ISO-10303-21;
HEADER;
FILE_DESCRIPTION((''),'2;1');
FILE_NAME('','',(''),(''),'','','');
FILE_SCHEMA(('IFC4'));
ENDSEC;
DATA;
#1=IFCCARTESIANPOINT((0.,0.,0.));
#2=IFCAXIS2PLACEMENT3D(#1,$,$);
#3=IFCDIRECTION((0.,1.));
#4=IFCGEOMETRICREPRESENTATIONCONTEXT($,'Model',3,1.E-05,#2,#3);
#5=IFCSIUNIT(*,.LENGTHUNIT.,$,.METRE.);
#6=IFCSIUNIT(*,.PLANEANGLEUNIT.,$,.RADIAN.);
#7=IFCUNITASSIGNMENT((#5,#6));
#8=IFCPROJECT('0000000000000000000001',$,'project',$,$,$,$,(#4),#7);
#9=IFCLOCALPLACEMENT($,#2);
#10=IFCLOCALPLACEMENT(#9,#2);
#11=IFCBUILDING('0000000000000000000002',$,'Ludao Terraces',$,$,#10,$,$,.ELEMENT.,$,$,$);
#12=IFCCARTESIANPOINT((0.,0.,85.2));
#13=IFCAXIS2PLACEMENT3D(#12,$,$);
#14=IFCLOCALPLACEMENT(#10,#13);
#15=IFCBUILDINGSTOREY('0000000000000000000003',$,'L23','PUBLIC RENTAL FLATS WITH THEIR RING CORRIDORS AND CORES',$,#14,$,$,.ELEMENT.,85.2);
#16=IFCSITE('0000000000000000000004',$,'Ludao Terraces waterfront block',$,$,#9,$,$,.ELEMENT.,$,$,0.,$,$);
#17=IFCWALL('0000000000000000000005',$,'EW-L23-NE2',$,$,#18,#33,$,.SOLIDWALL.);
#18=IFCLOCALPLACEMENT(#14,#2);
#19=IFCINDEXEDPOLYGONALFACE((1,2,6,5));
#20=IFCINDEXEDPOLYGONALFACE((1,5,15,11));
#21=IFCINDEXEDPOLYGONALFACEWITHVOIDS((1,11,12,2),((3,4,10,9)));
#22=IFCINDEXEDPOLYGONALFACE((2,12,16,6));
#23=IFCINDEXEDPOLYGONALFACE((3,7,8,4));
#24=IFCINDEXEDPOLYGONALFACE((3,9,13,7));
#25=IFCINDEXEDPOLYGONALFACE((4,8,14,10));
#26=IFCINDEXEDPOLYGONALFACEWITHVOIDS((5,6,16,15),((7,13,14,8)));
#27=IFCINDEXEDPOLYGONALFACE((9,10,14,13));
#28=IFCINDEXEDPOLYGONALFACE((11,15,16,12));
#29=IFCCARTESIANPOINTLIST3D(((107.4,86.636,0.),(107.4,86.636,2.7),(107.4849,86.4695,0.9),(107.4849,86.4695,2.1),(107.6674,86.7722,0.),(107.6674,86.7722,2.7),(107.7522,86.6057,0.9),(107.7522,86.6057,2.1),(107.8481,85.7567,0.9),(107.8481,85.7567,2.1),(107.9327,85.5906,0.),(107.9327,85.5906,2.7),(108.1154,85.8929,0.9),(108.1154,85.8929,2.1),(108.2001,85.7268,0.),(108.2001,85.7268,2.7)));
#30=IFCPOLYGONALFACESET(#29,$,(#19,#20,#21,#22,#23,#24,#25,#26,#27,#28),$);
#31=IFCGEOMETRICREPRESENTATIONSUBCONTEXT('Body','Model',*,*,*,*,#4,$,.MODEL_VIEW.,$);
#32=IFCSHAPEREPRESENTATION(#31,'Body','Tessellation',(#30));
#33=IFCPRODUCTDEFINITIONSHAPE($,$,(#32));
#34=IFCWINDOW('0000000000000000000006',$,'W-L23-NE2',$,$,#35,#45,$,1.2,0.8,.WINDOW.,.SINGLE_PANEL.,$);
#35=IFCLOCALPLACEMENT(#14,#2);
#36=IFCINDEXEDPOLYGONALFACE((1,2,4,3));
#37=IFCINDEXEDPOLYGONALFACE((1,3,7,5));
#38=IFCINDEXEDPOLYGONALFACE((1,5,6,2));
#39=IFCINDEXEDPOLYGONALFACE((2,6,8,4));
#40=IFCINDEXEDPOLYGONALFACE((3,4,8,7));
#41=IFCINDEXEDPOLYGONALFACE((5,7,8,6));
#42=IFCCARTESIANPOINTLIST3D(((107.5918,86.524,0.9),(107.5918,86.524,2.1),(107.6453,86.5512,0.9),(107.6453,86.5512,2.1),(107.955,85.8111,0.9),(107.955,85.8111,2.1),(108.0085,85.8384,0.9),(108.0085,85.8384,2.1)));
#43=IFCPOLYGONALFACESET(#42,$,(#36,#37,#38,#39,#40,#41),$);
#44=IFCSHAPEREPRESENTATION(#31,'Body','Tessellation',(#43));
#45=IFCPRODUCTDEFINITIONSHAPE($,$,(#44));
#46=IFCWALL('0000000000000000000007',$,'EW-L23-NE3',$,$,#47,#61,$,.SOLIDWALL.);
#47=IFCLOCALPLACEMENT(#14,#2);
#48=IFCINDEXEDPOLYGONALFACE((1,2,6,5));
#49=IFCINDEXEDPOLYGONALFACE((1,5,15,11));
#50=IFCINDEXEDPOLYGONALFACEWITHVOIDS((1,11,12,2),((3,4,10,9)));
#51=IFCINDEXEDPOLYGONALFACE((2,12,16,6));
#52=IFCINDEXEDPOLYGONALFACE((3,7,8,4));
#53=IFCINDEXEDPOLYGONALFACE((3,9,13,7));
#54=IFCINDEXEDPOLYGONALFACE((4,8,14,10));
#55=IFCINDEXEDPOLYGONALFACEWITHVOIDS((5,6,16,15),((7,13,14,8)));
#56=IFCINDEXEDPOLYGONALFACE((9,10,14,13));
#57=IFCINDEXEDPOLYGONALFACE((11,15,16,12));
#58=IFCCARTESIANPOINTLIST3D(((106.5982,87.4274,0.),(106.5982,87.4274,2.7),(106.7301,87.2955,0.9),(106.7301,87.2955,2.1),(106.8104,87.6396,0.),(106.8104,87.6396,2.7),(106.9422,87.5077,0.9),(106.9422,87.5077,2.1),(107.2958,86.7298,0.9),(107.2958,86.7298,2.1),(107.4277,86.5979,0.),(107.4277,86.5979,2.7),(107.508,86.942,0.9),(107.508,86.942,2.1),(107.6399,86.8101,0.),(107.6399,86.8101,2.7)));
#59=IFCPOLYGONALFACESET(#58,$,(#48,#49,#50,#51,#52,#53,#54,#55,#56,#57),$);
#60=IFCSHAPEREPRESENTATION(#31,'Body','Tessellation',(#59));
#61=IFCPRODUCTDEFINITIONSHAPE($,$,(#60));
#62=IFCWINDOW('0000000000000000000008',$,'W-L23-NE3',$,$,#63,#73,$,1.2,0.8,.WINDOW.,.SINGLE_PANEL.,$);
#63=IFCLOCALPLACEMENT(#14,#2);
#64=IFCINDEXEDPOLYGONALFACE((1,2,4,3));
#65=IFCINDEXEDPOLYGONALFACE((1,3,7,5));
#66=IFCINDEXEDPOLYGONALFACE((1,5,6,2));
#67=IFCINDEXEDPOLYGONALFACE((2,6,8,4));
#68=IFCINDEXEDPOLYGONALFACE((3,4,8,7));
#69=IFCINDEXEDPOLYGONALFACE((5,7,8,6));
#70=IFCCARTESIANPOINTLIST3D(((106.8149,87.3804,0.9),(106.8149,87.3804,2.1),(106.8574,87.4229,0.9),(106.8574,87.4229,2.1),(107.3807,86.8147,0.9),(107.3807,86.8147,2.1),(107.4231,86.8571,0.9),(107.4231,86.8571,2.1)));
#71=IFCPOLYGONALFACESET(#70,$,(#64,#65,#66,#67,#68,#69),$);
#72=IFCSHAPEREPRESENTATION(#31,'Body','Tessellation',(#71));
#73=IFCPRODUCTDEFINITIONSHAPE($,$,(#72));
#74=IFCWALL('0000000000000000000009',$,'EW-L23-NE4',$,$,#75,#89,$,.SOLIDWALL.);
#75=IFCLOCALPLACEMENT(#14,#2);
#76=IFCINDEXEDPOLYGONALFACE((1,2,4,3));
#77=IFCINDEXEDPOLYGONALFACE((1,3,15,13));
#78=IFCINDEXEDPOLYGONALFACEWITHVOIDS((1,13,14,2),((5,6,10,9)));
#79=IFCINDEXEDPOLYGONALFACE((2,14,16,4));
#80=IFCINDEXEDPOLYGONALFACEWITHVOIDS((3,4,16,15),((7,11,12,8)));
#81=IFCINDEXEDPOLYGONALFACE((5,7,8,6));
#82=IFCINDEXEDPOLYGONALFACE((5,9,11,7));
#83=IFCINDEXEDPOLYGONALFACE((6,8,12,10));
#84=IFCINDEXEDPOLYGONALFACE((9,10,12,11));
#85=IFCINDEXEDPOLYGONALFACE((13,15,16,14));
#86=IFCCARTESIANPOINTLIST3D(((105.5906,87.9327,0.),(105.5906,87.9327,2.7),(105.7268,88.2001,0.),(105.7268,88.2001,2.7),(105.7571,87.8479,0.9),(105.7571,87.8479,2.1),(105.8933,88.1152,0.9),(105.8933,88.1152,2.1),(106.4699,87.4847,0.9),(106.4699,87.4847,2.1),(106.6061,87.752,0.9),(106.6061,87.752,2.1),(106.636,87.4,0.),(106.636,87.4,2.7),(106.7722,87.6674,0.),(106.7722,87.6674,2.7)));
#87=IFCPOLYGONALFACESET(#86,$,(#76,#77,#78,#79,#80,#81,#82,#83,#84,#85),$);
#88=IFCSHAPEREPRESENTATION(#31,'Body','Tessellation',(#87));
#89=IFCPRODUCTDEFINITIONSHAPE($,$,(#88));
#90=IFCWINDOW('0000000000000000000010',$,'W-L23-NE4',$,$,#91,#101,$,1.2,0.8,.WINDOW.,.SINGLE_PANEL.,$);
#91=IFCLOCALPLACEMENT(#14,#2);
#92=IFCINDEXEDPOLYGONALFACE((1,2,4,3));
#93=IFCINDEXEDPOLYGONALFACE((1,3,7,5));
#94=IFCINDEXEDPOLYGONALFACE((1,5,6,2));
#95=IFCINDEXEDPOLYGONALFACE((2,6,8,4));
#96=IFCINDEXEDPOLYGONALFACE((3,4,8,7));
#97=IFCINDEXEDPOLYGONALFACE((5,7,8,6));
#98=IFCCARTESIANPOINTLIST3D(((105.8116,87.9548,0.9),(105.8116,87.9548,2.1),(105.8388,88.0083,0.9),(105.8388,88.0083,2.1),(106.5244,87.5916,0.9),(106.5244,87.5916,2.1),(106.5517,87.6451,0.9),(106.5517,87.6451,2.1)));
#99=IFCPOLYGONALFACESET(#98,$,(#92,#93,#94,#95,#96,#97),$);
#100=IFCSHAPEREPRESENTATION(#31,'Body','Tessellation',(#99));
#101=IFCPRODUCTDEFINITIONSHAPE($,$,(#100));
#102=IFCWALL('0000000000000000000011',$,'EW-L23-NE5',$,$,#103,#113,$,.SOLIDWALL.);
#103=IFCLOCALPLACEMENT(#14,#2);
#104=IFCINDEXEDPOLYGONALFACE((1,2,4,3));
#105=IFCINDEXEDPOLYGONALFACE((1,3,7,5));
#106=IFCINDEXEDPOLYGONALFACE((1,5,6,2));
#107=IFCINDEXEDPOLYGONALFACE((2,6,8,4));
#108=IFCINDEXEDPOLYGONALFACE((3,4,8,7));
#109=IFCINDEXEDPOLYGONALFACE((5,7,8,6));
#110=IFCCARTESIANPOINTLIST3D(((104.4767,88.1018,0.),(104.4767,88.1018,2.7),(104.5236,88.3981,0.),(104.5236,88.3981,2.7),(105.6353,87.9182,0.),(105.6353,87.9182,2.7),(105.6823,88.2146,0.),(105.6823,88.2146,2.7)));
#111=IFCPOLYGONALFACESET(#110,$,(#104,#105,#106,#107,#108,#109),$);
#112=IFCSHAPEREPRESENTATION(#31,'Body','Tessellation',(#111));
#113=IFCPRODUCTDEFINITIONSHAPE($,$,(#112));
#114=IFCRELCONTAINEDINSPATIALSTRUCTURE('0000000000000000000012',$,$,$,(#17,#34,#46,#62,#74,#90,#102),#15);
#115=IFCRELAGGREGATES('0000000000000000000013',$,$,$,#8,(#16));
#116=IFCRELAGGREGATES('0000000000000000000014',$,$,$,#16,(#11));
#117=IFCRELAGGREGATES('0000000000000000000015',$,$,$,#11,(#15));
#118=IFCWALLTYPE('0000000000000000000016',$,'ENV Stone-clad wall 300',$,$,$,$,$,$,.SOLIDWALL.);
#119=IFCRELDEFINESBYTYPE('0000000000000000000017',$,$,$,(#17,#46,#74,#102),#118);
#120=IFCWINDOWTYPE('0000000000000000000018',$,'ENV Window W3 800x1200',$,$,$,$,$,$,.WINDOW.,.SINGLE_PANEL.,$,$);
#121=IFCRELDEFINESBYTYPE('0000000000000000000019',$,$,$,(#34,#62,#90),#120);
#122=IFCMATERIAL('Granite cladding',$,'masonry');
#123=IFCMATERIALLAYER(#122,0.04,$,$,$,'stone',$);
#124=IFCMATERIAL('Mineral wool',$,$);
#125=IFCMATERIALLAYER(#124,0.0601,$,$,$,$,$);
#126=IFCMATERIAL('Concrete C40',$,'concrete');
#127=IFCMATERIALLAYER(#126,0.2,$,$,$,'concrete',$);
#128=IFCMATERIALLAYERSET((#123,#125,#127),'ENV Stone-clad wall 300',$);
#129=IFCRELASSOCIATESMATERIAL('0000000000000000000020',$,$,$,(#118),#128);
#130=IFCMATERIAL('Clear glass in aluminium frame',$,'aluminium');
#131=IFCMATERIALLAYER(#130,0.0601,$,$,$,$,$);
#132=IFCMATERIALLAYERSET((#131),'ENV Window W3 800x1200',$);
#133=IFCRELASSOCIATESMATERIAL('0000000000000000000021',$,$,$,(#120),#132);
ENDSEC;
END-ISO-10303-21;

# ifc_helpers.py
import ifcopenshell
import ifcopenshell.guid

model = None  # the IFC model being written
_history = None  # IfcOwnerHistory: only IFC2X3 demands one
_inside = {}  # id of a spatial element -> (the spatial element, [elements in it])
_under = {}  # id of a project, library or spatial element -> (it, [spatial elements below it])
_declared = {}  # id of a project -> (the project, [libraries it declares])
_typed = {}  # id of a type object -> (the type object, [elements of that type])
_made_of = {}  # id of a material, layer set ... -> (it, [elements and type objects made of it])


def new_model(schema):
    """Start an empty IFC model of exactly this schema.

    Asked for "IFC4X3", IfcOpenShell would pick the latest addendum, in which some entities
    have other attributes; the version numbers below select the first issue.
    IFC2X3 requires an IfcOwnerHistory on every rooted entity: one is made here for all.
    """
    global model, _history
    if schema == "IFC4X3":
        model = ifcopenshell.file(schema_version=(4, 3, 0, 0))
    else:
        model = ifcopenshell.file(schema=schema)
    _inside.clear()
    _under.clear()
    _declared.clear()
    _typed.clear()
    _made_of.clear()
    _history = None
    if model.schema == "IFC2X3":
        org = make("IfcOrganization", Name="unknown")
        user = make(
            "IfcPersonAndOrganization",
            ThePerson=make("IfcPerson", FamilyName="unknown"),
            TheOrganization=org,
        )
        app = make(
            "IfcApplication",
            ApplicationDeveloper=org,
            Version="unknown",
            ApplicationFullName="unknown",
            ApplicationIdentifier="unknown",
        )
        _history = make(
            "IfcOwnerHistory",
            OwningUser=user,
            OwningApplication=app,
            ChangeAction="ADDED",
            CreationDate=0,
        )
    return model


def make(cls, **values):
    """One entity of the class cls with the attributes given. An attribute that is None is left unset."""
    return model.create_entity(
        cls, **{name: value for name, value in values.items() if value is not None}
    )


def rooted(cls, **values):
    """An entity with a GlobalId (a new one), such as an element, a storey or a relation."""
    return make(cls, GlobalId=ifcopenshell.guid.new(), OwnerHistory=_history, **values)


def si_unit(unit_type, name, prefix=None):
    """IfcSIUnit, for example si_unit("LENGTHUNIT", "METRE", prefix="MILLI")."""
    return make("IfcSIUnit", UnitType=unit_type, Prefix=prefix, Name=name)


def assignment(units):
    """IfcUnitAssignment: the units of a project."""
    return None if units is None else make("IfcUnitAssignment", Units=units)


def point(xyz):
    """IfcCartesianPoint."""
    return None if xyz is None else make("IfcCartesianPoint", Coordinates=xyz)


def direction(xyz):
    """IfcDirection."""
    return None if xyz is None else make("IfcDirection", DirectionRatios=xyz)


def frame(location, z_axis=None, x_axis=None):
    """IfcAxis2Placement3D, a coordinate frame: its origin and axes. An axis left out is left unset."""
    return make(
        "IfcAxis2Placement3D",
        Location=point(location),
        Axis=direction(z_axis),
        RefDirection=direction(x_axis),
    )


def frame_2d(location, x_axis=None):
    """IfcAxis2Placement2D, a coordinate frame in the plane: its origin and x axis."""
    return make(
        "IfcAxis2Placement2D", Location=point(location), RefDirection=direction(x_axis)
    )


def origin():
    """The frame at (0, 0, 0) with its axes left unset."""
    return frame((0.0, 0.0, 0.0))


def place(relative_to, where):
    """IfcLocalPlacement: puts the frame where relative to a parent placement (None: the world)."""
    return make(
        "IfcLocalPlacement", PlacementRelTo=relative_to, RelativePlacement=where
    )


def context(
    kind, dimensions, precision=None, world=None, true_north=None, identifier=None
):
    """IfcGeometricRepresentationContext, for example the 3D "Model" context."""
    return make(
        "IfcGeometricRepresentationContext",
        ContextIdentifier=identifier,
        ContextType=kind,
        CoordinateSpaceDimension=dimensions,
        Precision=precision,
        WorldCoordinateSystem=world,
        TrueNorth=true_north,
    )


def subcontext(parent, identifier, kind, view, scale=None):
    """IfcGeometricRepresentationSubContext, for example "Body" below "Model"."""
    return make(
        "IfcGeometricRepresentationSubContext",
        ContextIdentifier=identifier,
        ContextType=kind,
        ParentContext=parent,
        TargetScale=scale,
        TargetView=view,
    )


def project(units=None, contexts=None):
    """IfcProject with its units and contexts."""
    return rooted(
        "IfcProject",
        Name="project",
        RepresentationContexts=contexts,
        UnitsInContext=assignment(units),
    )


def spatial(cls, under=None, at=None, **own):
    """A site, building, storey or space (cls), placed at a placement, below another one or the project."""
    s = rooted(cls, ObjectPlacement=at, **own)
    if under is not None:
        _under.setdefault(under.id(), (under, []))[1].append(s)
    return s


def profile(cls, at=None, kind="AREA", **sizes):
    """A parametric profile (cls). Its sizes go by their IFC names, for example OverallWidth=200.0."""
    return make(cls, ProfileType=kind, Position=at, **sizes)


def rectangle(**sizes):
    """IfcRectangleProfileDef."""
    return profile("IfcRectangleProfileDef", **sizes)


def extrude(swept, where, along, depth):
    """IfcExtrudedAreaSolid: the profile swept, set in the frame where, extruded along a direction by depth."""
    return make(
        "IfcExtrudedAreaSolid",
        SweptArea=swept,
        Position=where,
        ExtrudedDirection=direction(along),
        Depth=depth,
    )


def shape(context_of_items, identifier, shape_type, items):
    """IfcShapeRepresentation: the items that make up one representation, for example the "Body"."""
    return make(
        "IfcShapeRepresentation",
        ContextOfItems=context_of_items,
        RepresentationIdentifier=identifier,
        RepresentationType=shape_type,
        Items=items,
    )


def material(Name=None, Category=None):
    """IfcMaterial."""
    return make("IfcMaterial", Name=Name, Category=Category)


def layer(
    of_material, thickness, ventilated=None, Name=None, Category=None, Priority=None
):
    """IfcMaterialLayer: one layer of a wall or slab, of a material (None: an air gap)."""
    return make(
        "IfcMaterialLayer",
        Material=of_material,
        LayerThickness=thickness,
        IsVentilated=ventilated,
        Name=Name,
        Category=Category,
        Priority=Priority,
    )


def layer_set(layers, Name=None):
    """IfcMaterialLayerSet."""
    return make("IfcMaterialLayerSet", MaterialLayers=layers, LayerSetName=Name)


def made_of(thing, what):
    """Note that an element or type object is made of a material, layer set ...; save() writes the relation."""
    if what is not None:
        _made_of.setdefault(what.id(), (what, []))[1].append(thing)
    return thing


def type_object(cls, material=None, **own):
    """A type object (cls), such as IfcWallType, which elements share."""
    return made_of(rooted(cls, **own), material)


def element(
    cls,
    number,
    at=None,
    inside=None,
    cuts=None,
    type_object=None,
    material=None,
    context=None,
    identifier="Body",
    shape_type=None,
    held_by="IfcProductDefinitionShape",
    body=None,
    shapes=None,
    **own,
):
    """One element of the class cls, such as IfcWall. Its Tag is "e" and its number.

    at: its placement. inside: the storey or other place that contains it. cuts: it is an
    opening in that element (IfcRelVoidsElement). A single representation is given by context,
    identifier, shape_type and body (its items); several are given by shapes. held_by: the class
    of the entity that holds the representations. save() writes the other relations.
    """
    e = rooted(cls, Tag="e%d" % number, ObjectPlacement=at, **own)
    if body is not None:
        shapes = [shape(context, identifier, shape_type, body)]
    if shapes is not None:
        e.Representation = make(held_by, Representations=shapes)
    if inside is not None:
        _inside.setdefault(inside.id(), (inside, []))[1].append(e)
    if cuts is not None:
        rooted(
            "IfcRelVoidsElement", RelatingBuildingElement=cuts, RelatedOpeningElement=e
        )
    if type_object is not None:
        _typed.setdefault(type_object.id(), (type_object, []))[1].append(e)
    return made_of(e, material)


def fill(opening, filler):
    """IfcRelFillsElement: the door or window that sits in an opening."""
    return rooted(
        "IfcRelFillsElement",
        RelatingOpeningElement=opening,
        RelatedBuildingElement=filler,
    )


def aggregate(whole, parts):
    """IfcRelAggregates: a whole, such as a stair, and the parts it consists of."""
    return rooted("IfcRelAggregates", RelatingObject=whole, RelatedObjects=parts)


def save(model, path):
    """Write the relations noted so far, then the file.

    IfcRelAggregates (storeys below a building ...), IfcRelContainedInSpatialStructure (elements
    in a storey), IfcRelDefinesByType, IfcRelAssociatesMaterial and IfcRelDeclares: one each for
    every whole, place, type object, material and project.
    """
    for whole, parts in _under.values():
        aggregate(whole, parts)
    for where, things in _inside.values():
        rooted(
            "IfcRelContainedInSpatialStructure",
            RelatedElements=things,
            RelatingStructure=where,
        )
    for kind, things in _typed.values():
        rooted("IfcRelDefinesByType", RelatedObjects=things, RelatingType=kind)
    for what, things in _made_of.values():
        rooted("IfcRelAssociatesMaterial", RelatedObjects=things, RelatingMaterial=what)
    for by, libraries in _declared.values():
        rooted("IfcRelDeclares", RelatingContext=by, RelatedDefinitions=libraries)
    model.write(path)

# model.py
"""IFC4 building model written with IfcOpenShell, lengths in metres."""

from ifc_helpers import new_model, si_unit, direction, frame, frame_2d, origin, place, context, subcontext, project, spatial, rectangle, extrude, material, layer, layer_set, type_object, element, fill, save


model = new_model("IFC4")

# Units and contexts
model_context = context("Model", 3, precision=1e-05, world=origin(), true_north=direction((0.0, 1.0)))
body_context = subcontext(model_context, "Body", "Model", "MODEL_VIEW")
ifc_project = project(units=[si_unit("LENGTHUNIT", "METRE"), si_unit("PLANEANGLEUNIT", "RADIAN")], contexts=[model_context])

# Site, building, storey
site_placement = place(None, origin())
site = spatial("IfcSite", under=ifc_project, at=site_placement, Name="Ludao Terraces waterfront block", CompositionType="ELEMENT", RefElevation=0.0)
building_placement = place(site_placement, origin())
building = spatial("IfcBuilding", under=site, at=building_placement, Name="Ludao Terraces", CompositionType="ELEMENT")
storey_placement = place(building_placement, frame((0.0, 0.0, 85.2)))
storey = spatial("IfcBuildingStorey", under=building, at=storey_placement, Name="L23", Description="PUBLIC RENTAL FLATS WITH THEIR RING CORRIDORS AND CORES", CompositionType="ELEMENT", Elevation=85.2)

# Shared definitions
ifc_material_1 = material(Name="Concrete C40", Category="concrete")

# Shared definitions
ifc_material_2 = material(Name="Granite cladding", Category="masonry")
ifc_layer_1 = layer(ifc_material_2, 0.04, Category="stone")
ifc_material_3 = material(Name="Mineral wool")
ifc_layer_2 = layer(ifc_material_3, 0.0601)
ifc_layer_3 = layer(ifc_material_1, 0.2, Category="concrete")
ifc_layer_set_1 = layer_set([ifc_layer_1, ifc_layer_2, ifc_layer_3], Name="ENV Stone-clad wall 300")
wall_type_1 = type_object("IfcWallType", Name="ENV Stone-clad wall 300", PredefinedType="SOLIDWALL", material=ifc_layer_set_1)
ifc_material_4 = material(Name="Clear glass in aluminium frame", Category="aluminium")

# Walls, openings, windows
wall_1_placement = place(storey_placement, frame((108.0664, 85.6587, 0.0), z_axis=(0.0, 0.0, 1.0), x_axis=(-0.454026, 0.890989, 0.0)))
wall_1 = element("IfcWall", 1, at=wall_1_placement, inside=storey, type_object=wall_type_1, Name="EW-L23-NE2", PredefinedType="SOLIDWALL", context=body_context, shape_type="SweptSolid", body=[
    extrude(rectangle(XDim=1.1733, YDim=0.3, at=frame_2d((0.5867, 0.0))), origin(), (0.0, 0.0, 1.0), 2.7),
])
opening_1_placement = place(wall_1_placement, frame((0.1865, 0.0, 0.8999)))
opening_1 = element("IfcOpeningElement", 2, at=opening_1_placement, cuts=wall_1, PredefinedType="OPENING", context=body_context, shape_type="SweptSolid", body=[
    extrude(rectangle(XDim=0.8, YDim=1.2, at=frame_2d((0.3999, 0.6001))), frame((0.0, 0.1602, 0.0), z_axis=(0.0, -1.0, 0.0), x_axis=(1.0, 0.0, 0.0)), (0.0, 0.0, 1.0), 0.3201),
])
ifc_layer_4 = layer(ifc_material_4, 0.0601)
ifc_layer_set_2 = layer_set([ifc_layer_4], Name="ENV Window W3 800x1200")
window_type_1 = type_object("IfcWindowType", Name="ENV Window W3 800x1200", PartitioningType="SINGLE_PANEL", PredefinedType="WINDOW", material=ifc_layer_set_2)
window_1_placement = place(opening_1_placement, origin())
window_1 = element("IfcWindow", 3, at=window_1_placement, inside=storey, type_object=window_type_1, Name="W-L23-NE2", OverallHeight=1.2, OverallWidth=0.8, PartitioningType="SINGLE_PANEL", PredefinedType="WINDOW", context=body_context, shape_type="SweptSolid", body=[
    extrude(rectangle(XDim=0.8, YDim=1.2, at=frame_2d((0.3999, 0.6001))), frame((0.0, 0.03, 0.0), z_axis=(0.0, -1.0, 0.0), x_axis=(1.0, 0.0, 0.0)), (0.0, 0.0, 1.0), 0.0601),
])
fill(opening_1, window_1)
wall_2_placement = place(storey_placement, frame((107.5337, 86.7041, 0.0), z_axis=(0.0, 0.0, 1.0), x_axis=(-0.707107, 0.707107, 0.0)))
wall_2 = element("IfcWall", 4, at=wall_2_placement, inside=storey, type_object=wall_type_1, Name="EW-L23-NE3", PredefinedType="SOLIDWALL", context=body_context, shape_type="SweptSolid", body=[
    extrude(rectangle(XDim=1.1731, YDim=0.3, at=frame_2d((0.5864, 0.0))), origin(), (0.0, 0.0, 1.0), 2.7),
])
opening_2_placement = place(wall_2_placement, frame((0.1865, 0.0, 0.8999)))
opening_2 = element("IfcOpeningElement", 5, at=opening_2_placement, cuts=wall_2, PredefinedType="OPENING", context=body_context, shape_type="SweptSolid", body=[
    extrude(rectangle(XDim=0.8, YDim=1.2, at=frame_2d((0.3999, 0.6001))), frame((0.0, 0.1602, 0.0), z_axis=(0.0, -1.0, 0.0), x_axis=(1.0, 0.0, 0.0)), (0.0, 0.0, 1.0), 0.3201),
])
window_2_placement = place(opening_2_placement, origin())
window_2 = element("IfcWindow", 6, at=window_2_placement, inside=storey, type_object=window_type_1, Name="W-L23-NE3", OverallHeight=1.2, OverallWidth=0.8, PartitioningType="SINGLE_PANEL", PredefinedType="WINDOW", context=body_context, shape_type="SweptSolid", body=[
    extrude(rectangle(XDim=0.8, YDim=1.2, at=frame_2d((0.3999, 0.6001))), frame((0.0, 0.03, 0.0), z_axis=(0.0, -1.0, 0.0), x_axis=(1.0, 0.0, 0.0)), (0.0, 0.0, 1.0), 0.0601),
])
fill(opening_2, window_2)
wall_3_placement = place(storey_placement, frame((106.7041, 87.5337, 0.0), z_axis=(0.0, 0.0, 1.0), x_axis=(-0.890989, 0.454026, 0.0)))
wall_3 = element("IfcWall", 7, at=wall_3_placement, inside=storey, type_object=wall_type_1, Name="EW-L23-NE4", PredefinedType="SOLIDWALL", context=body_context, shape_type="SweptSolid", body=[
    extrude(rectangle(XDim=1.1733, YDim=0.3, at=frame_2d((0.5867, 0.0))), origin(), (0.0, 0.0, 1.0), 2.7),
])
opening_3_placement = place(wall_3_placement, frame((0.1865, 0.0, 0.8999)))
opening_3 = element("IfcOpeningElement", 8, at=opening_3_placement, cuts=wall_3, PredefinedType="OPENING", context=body_context, shape_type="SweptSolid", body=[
    extrude(rectangle(XDim=0.8, YDim=1.2, at=frame_2d((0.3999, 0.6001))), frame((0.0, 0.1602, 0.0), z_axis=(0.0, -1.0, 0.0), x_axis=(1.0, 0.0, 0.0)), (0.0, 0.0, 1.0), 0.3201),
])
window_3_placement = place(opening_3_placement, origin())
window_3 = element("IfcWindow", 9, at=window_3_placement, inside=storey, type_object=window_type_1, Name="W-L23-NE4", OverallHeight=1.2, OverallWidth=0.8, PartitioningType="SINGLE_PANEL", PredefinedType="WINDOW", context=body_context, shape_type="SweptSolid", body=[
    extrude(rectangle(XDim=0.8, YDim=1.2, at=frame_2d((0.3999, 0.6001))), frame((0.0, 0.03, 0.0), z_axis=(0.0, -1.0, 0.0), x_axis=(1.0, 0.0, 0.0)), (0.0, 0.0, 1.0), 0.0601),
])
fill(opening_3, window_3)

# Wall
wall_4_placement = place(storey_placement, frame((105.6587, 88.0664, 0.0), z_axis=(0.0, 0.0, 1.0), x_axis=(-0.987678, 0.156497, 0.0)))
element("IfcWall", 10, at=wall_4_placement, inside=storey, type_object=wall_type_1, Name="EW-L23-NE5", PredefinedType="SOLIDWALL", context=body_context, shape_type="SweptSolid", body=[
    extrude(rectangle(XDim=1.1731, YDim=0.3, at=frame_2d((0.5864, 0.0))), origin(), (0.0, 0.0, 1.0), 2.7),
])

save(model, "model.ifc")
